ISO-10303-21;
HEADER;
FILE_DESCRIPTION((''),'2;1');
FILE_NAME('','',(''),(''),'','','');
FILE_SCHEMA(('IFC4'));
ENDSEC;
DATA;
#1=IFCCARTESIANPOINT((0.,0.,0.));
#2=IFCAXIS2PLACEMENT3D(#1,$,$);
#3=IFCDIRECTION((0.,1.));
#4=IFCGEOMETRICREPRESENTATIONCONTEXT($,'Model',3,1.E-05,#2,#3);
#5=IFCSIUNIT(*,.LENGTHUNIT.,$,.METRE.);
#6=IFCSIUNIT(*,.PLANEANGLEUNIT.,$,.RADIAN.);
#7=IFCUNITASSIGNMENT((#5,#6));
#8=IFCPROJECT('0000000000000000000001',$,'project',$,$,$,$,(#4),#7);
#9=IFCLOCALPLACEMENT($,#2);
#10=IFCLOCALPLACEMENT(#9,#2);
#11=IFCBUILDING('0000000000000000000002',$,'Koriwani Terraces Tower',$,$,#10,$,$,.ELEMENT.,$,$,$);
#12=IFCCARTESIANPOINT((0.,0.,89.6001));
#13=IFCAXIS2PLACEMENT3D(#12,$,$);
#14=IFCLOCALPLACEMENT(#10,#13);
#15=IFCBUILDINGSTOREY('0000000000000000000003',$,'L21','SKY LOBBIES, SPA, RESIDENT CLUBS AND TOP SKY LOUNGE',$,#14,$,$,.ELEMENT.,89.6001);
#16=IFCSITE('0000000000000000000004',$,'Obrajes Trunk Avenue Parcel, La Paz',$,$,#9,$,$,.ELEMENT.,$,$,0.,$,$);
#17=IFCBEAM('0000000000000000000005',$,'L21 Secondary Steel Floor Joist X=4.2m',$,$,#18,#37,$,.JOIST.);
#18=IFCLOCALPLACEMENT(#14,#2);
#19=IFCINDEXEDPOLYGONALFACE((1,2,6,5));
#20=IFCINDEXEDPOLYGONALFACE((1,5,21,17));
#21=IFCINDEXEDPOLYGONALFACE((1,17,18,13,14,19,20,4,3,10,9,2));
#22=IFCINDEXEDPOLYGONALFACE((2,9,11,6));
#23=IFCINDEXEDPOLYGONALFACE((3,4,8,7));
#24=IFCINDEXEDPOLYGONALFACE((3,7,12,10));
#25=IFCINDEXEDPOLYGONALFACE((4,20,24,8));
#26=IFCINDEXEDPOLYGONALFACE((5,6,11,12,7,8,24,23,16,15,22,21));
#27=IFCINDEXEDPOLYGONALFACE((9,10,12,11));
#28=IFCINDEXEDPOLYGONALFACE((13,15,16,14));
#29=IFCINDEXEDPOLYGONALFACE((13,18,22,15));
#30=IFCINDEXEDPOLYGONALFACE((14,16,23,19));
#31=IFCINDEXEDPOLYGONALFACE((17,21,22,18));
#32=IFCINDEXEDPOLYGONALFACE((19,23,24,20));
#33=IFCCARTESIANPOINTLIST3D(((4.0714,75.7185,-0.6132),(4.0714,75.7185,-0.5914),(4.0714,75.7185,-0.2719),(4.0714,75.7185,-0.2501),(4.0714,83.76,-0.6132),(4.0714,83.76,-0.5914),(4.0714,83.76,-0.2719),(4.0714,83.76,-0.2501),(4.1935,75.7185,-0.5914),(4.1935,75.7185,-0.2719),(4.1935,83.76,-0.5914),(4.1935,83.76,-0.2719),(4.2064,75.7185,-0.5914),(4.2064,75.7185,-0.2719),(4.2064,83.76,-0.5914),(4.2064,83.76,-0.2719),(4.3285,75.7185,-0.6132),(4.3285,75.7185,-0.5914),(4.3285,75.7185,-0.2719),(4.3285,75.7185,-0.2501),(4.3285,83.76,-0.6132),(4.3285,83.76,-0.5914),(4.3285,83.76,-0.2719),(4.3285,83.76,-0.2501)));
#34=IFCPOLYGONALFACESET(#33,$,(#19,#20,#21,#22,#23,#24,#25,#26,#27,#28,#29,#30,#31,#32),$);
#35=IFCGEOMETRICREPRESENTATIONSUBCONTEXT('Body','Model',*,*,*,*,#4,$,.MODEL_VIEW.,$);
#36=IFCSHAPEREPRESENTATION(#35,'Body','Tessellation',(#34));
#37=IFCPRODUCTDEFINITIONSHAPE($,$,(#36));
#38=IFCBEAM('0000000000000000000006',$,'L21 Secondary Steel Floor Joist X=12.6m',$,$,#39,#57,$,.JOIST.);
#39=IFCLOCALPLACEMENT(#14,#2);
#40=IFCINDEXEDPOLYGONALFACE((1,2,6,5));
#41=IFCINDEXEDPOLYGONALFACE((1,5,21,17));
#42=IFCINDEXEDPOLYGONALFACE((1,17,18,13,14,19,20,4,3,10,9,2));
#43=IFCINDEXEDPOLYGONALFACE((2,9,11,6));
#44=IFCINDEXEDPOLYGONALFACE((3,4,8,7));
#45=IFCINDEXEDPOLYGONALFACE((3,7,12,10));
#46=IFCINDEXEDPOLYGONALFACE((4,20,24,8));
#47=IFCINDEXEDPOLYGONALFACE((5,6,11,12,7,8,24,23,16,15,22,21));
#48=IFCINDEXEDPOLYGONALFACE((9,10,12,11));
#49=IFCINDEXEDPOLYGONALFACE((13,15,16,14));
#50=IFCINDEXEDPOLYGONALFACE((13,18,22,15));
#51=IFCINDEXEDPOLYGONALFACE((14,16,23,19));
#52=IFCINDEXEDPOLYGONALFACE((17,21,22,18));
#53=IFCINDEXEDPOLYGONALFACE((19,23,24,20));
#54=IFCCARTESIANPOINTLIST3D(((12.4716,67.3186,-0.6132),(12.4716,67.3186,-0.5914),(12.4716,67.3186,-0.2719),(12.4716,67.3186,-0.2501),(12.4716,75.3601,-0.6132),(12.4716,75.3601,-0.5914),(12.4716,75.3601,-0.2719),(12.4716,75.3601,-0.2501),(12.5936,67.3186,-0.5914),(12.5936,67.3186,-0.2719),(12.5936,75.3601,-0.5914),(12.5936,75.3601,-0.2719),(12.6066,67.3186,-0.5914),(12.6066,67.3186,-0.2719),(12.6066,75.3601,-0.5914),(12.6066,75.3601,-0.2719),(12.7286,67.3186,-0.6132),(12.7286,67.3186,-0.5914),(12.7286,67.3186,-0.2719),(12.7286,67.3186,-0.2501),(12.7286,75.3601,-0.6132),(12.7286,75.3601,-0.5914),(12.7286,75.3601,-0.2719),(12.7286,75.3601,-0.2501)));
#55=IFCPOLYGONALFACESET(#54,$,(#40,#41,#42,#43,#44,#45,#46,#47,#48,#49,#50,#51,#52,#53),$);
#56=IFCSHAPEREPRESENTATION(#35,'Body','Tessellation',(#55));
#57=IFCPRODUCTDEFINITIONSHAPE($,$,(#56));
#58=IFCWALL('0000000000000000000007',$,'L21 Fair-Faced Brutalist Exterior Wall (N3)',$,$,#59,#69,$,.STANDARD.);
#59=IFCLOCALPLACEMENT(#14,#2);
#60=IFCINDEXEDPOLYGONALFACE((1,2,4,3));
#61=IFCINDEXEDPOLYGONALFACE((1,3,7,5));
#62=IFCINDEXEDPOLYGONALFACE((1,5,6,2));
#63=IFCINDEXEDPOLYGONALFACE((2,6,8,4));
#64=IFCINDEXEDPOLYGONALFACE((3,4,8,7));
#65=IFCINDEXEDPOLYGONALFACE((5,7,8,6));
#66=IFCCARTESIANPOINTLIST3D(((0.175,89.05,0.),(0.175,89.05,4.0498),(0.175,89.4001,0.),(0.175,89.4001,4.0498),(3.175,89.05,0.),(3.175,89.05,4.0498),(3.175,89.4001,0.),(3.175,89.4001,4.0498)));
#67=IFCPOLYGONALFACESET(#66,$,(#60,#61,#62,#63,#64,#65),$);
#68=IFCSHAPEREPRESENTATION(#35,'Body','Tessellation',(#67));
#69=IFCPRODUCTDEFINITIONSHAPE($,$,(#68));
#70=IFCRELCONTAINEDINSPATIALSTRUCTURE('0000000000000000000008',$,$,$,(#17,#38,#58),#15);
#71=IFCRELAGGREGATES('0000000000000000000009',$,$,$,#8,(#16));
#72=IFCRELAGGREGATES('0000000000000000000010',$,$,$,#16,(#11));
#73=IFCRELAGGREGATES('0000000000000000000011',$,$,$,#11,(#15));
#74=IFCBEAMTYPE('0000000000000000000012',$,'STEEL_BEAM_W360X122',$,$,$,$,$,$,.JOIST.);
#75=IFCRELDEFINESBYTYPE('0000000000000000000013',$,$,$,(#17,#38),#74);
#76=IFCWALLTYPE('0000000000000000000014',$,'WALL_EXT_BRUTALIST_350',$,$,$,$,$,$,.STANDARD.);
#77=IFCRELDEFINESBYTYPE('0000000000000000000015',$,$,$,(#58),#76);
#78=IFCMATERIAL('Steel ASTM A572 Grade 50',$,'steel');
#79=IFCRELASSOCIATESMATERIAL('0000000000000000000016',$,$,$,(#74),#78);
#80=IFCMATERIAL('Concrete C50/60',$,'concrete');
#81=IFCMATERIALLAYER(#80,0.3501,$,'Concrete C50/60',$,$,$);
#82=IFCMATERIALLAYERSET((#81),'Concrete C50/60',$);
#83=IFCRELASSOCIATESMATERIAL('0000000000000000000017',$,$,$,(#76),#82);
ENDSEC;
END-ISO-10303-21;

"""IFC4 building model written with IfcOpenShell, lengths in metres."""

from ifc_helpers import new_model, si_unit, direction, frame, frame_2d, origin, origin_2d, place, context, subcontext, project, spatial, rectangle, i_section, extrude, material, layer, layer_set, material_profile, profile_set, type_object, element, save


model = new_model("IFC4")

# Units and contexts
model_context = context("Model", 3, precision=1e-05, world=origin(), true_north=direction((0.0, 1.0)))
body_context = subcontext(model_context, "Body", "Model", "MODEL_VIEW")
ifc_project = project(units=[si_unit("LENGTHUNIT", "METRE"), si_unit("PLANEANGLEUNIT", "RADIAN")], contexts=[model_context])

# Site, building, storey
site_placement = place(None, origin())
site = spatial("IfcSite", under=ifc_project, at=site_placement, Name="Obrajes Trunk Avenue Parcel, La Paz", CompositionType="ELEMENT", RefElevation=0.0)
building_placement = place(site_placement, origin())
building = spatial("IfcBuilding", under=site, at=building_placement, Name="Koriwani Terraces Tower", CompositionType="ELEMENT")
storey_placement = place(building_placement, frame((0.0, 0.0, 89.6001)))
storey = spatial("IfcBuildingStorey", under=building, at=storey_placement, Name="L21", Description="SKY LOBBIES, SPA, RESIDENT CLUBS AND TOP SKY LOUNGE", CompositionType="ELEMENT", Elevation=89.6001)

# Beams
ifc_material_1 = material(Name="Concrete C50/60", Category="concrete")
ifc_material_2 = material(Name="Steel ASTM A572 Grade 50", Category="steel")
ifc_material_profile_1 = material_profile(ifc_material_2, i_section(OverallWidth=0.2571, OverallDepth=0.363, WebThickness=0.0129, FlangeThickness=0.0217, at=origin_2d()), Name="Steel ASTM A572 Grade 50", Category="LoadBearing")
ifc_profile_set_1 = profile_set([ifc_material_profile_1], Name="Steel ASTM A572 Grade 50")
beam_type_1 = type_object("IfcBeamType", Name="STEEL_BEAM_W360X122", PredefinedType="JOIST", material=ifc_profile_set_1)
for number, where, z_axis, x_axis, name in (
    (1, (4.2, 75.7185, -0.4316), (0.0, 1.0, 0.0), (-1.0, 0.0, 0.0), "L21 Secondary Steel Floor Joist X=4.2m"),
    (2, (12.6001, 67.3186, -0.4316), (0.0, 1.0, 0.0), (-1.0, 0.0, 0.0), "L21 Secondary Steel Floor Joist X=12.6m"),
):
    element("IfcBeam", number, at=place(storey_placement, frame(where, z_axis=z_axis, x_axis=x_axis)), inside=storey, type_object=beam_type_1, Name=name, PredefinedType="JOIST", context=body_context, shape_type="SweptSolid", body=[
        extrude(i_section(OverallWidth=0.2571, OverallDepth=0.363, WebThickness=0.0129, FlangeThickness=0.0217, at=origin_2d()), origin(), (0.0, 0.0, 1.0), 8.0415),
    ])

# Wall
ifc_layer = layer(ifc_material_1, 0.3501, Name="Concrete C50/60")
ifc_layer_set = layer_set([ifc_layer], Name="Concrete C50/60")
wall_type = type_object("IfcWallType", Name="WALL_EXT_BRUTALIST_350", PredefinedType="STANDARD", material=ifc_layer_set)
wall_placement = place(storey_placement, frame((0.175, 89.2251, 0.0), z_axis=(0.0, 0.0, 1.0), x_axis=(1.0, 0.0, 0.0)))
element("IfcWall", 3, at=wall_placement, inside=storey, type_object=wall_type, Name="L21 Fair-Faced Brutalist Exterior Wall (N3)", PredefinedType="STANDARD", context=body_context, shape_type="SweptSolid", body=[
    extrude(rectangle(XDim=3.0, YDim=0.3501, at=frame_2d((1.5, 0.0))), origin(), (0.0, 0.0, 1.0), 4.0498),
])

save(model, "model.ifc")
